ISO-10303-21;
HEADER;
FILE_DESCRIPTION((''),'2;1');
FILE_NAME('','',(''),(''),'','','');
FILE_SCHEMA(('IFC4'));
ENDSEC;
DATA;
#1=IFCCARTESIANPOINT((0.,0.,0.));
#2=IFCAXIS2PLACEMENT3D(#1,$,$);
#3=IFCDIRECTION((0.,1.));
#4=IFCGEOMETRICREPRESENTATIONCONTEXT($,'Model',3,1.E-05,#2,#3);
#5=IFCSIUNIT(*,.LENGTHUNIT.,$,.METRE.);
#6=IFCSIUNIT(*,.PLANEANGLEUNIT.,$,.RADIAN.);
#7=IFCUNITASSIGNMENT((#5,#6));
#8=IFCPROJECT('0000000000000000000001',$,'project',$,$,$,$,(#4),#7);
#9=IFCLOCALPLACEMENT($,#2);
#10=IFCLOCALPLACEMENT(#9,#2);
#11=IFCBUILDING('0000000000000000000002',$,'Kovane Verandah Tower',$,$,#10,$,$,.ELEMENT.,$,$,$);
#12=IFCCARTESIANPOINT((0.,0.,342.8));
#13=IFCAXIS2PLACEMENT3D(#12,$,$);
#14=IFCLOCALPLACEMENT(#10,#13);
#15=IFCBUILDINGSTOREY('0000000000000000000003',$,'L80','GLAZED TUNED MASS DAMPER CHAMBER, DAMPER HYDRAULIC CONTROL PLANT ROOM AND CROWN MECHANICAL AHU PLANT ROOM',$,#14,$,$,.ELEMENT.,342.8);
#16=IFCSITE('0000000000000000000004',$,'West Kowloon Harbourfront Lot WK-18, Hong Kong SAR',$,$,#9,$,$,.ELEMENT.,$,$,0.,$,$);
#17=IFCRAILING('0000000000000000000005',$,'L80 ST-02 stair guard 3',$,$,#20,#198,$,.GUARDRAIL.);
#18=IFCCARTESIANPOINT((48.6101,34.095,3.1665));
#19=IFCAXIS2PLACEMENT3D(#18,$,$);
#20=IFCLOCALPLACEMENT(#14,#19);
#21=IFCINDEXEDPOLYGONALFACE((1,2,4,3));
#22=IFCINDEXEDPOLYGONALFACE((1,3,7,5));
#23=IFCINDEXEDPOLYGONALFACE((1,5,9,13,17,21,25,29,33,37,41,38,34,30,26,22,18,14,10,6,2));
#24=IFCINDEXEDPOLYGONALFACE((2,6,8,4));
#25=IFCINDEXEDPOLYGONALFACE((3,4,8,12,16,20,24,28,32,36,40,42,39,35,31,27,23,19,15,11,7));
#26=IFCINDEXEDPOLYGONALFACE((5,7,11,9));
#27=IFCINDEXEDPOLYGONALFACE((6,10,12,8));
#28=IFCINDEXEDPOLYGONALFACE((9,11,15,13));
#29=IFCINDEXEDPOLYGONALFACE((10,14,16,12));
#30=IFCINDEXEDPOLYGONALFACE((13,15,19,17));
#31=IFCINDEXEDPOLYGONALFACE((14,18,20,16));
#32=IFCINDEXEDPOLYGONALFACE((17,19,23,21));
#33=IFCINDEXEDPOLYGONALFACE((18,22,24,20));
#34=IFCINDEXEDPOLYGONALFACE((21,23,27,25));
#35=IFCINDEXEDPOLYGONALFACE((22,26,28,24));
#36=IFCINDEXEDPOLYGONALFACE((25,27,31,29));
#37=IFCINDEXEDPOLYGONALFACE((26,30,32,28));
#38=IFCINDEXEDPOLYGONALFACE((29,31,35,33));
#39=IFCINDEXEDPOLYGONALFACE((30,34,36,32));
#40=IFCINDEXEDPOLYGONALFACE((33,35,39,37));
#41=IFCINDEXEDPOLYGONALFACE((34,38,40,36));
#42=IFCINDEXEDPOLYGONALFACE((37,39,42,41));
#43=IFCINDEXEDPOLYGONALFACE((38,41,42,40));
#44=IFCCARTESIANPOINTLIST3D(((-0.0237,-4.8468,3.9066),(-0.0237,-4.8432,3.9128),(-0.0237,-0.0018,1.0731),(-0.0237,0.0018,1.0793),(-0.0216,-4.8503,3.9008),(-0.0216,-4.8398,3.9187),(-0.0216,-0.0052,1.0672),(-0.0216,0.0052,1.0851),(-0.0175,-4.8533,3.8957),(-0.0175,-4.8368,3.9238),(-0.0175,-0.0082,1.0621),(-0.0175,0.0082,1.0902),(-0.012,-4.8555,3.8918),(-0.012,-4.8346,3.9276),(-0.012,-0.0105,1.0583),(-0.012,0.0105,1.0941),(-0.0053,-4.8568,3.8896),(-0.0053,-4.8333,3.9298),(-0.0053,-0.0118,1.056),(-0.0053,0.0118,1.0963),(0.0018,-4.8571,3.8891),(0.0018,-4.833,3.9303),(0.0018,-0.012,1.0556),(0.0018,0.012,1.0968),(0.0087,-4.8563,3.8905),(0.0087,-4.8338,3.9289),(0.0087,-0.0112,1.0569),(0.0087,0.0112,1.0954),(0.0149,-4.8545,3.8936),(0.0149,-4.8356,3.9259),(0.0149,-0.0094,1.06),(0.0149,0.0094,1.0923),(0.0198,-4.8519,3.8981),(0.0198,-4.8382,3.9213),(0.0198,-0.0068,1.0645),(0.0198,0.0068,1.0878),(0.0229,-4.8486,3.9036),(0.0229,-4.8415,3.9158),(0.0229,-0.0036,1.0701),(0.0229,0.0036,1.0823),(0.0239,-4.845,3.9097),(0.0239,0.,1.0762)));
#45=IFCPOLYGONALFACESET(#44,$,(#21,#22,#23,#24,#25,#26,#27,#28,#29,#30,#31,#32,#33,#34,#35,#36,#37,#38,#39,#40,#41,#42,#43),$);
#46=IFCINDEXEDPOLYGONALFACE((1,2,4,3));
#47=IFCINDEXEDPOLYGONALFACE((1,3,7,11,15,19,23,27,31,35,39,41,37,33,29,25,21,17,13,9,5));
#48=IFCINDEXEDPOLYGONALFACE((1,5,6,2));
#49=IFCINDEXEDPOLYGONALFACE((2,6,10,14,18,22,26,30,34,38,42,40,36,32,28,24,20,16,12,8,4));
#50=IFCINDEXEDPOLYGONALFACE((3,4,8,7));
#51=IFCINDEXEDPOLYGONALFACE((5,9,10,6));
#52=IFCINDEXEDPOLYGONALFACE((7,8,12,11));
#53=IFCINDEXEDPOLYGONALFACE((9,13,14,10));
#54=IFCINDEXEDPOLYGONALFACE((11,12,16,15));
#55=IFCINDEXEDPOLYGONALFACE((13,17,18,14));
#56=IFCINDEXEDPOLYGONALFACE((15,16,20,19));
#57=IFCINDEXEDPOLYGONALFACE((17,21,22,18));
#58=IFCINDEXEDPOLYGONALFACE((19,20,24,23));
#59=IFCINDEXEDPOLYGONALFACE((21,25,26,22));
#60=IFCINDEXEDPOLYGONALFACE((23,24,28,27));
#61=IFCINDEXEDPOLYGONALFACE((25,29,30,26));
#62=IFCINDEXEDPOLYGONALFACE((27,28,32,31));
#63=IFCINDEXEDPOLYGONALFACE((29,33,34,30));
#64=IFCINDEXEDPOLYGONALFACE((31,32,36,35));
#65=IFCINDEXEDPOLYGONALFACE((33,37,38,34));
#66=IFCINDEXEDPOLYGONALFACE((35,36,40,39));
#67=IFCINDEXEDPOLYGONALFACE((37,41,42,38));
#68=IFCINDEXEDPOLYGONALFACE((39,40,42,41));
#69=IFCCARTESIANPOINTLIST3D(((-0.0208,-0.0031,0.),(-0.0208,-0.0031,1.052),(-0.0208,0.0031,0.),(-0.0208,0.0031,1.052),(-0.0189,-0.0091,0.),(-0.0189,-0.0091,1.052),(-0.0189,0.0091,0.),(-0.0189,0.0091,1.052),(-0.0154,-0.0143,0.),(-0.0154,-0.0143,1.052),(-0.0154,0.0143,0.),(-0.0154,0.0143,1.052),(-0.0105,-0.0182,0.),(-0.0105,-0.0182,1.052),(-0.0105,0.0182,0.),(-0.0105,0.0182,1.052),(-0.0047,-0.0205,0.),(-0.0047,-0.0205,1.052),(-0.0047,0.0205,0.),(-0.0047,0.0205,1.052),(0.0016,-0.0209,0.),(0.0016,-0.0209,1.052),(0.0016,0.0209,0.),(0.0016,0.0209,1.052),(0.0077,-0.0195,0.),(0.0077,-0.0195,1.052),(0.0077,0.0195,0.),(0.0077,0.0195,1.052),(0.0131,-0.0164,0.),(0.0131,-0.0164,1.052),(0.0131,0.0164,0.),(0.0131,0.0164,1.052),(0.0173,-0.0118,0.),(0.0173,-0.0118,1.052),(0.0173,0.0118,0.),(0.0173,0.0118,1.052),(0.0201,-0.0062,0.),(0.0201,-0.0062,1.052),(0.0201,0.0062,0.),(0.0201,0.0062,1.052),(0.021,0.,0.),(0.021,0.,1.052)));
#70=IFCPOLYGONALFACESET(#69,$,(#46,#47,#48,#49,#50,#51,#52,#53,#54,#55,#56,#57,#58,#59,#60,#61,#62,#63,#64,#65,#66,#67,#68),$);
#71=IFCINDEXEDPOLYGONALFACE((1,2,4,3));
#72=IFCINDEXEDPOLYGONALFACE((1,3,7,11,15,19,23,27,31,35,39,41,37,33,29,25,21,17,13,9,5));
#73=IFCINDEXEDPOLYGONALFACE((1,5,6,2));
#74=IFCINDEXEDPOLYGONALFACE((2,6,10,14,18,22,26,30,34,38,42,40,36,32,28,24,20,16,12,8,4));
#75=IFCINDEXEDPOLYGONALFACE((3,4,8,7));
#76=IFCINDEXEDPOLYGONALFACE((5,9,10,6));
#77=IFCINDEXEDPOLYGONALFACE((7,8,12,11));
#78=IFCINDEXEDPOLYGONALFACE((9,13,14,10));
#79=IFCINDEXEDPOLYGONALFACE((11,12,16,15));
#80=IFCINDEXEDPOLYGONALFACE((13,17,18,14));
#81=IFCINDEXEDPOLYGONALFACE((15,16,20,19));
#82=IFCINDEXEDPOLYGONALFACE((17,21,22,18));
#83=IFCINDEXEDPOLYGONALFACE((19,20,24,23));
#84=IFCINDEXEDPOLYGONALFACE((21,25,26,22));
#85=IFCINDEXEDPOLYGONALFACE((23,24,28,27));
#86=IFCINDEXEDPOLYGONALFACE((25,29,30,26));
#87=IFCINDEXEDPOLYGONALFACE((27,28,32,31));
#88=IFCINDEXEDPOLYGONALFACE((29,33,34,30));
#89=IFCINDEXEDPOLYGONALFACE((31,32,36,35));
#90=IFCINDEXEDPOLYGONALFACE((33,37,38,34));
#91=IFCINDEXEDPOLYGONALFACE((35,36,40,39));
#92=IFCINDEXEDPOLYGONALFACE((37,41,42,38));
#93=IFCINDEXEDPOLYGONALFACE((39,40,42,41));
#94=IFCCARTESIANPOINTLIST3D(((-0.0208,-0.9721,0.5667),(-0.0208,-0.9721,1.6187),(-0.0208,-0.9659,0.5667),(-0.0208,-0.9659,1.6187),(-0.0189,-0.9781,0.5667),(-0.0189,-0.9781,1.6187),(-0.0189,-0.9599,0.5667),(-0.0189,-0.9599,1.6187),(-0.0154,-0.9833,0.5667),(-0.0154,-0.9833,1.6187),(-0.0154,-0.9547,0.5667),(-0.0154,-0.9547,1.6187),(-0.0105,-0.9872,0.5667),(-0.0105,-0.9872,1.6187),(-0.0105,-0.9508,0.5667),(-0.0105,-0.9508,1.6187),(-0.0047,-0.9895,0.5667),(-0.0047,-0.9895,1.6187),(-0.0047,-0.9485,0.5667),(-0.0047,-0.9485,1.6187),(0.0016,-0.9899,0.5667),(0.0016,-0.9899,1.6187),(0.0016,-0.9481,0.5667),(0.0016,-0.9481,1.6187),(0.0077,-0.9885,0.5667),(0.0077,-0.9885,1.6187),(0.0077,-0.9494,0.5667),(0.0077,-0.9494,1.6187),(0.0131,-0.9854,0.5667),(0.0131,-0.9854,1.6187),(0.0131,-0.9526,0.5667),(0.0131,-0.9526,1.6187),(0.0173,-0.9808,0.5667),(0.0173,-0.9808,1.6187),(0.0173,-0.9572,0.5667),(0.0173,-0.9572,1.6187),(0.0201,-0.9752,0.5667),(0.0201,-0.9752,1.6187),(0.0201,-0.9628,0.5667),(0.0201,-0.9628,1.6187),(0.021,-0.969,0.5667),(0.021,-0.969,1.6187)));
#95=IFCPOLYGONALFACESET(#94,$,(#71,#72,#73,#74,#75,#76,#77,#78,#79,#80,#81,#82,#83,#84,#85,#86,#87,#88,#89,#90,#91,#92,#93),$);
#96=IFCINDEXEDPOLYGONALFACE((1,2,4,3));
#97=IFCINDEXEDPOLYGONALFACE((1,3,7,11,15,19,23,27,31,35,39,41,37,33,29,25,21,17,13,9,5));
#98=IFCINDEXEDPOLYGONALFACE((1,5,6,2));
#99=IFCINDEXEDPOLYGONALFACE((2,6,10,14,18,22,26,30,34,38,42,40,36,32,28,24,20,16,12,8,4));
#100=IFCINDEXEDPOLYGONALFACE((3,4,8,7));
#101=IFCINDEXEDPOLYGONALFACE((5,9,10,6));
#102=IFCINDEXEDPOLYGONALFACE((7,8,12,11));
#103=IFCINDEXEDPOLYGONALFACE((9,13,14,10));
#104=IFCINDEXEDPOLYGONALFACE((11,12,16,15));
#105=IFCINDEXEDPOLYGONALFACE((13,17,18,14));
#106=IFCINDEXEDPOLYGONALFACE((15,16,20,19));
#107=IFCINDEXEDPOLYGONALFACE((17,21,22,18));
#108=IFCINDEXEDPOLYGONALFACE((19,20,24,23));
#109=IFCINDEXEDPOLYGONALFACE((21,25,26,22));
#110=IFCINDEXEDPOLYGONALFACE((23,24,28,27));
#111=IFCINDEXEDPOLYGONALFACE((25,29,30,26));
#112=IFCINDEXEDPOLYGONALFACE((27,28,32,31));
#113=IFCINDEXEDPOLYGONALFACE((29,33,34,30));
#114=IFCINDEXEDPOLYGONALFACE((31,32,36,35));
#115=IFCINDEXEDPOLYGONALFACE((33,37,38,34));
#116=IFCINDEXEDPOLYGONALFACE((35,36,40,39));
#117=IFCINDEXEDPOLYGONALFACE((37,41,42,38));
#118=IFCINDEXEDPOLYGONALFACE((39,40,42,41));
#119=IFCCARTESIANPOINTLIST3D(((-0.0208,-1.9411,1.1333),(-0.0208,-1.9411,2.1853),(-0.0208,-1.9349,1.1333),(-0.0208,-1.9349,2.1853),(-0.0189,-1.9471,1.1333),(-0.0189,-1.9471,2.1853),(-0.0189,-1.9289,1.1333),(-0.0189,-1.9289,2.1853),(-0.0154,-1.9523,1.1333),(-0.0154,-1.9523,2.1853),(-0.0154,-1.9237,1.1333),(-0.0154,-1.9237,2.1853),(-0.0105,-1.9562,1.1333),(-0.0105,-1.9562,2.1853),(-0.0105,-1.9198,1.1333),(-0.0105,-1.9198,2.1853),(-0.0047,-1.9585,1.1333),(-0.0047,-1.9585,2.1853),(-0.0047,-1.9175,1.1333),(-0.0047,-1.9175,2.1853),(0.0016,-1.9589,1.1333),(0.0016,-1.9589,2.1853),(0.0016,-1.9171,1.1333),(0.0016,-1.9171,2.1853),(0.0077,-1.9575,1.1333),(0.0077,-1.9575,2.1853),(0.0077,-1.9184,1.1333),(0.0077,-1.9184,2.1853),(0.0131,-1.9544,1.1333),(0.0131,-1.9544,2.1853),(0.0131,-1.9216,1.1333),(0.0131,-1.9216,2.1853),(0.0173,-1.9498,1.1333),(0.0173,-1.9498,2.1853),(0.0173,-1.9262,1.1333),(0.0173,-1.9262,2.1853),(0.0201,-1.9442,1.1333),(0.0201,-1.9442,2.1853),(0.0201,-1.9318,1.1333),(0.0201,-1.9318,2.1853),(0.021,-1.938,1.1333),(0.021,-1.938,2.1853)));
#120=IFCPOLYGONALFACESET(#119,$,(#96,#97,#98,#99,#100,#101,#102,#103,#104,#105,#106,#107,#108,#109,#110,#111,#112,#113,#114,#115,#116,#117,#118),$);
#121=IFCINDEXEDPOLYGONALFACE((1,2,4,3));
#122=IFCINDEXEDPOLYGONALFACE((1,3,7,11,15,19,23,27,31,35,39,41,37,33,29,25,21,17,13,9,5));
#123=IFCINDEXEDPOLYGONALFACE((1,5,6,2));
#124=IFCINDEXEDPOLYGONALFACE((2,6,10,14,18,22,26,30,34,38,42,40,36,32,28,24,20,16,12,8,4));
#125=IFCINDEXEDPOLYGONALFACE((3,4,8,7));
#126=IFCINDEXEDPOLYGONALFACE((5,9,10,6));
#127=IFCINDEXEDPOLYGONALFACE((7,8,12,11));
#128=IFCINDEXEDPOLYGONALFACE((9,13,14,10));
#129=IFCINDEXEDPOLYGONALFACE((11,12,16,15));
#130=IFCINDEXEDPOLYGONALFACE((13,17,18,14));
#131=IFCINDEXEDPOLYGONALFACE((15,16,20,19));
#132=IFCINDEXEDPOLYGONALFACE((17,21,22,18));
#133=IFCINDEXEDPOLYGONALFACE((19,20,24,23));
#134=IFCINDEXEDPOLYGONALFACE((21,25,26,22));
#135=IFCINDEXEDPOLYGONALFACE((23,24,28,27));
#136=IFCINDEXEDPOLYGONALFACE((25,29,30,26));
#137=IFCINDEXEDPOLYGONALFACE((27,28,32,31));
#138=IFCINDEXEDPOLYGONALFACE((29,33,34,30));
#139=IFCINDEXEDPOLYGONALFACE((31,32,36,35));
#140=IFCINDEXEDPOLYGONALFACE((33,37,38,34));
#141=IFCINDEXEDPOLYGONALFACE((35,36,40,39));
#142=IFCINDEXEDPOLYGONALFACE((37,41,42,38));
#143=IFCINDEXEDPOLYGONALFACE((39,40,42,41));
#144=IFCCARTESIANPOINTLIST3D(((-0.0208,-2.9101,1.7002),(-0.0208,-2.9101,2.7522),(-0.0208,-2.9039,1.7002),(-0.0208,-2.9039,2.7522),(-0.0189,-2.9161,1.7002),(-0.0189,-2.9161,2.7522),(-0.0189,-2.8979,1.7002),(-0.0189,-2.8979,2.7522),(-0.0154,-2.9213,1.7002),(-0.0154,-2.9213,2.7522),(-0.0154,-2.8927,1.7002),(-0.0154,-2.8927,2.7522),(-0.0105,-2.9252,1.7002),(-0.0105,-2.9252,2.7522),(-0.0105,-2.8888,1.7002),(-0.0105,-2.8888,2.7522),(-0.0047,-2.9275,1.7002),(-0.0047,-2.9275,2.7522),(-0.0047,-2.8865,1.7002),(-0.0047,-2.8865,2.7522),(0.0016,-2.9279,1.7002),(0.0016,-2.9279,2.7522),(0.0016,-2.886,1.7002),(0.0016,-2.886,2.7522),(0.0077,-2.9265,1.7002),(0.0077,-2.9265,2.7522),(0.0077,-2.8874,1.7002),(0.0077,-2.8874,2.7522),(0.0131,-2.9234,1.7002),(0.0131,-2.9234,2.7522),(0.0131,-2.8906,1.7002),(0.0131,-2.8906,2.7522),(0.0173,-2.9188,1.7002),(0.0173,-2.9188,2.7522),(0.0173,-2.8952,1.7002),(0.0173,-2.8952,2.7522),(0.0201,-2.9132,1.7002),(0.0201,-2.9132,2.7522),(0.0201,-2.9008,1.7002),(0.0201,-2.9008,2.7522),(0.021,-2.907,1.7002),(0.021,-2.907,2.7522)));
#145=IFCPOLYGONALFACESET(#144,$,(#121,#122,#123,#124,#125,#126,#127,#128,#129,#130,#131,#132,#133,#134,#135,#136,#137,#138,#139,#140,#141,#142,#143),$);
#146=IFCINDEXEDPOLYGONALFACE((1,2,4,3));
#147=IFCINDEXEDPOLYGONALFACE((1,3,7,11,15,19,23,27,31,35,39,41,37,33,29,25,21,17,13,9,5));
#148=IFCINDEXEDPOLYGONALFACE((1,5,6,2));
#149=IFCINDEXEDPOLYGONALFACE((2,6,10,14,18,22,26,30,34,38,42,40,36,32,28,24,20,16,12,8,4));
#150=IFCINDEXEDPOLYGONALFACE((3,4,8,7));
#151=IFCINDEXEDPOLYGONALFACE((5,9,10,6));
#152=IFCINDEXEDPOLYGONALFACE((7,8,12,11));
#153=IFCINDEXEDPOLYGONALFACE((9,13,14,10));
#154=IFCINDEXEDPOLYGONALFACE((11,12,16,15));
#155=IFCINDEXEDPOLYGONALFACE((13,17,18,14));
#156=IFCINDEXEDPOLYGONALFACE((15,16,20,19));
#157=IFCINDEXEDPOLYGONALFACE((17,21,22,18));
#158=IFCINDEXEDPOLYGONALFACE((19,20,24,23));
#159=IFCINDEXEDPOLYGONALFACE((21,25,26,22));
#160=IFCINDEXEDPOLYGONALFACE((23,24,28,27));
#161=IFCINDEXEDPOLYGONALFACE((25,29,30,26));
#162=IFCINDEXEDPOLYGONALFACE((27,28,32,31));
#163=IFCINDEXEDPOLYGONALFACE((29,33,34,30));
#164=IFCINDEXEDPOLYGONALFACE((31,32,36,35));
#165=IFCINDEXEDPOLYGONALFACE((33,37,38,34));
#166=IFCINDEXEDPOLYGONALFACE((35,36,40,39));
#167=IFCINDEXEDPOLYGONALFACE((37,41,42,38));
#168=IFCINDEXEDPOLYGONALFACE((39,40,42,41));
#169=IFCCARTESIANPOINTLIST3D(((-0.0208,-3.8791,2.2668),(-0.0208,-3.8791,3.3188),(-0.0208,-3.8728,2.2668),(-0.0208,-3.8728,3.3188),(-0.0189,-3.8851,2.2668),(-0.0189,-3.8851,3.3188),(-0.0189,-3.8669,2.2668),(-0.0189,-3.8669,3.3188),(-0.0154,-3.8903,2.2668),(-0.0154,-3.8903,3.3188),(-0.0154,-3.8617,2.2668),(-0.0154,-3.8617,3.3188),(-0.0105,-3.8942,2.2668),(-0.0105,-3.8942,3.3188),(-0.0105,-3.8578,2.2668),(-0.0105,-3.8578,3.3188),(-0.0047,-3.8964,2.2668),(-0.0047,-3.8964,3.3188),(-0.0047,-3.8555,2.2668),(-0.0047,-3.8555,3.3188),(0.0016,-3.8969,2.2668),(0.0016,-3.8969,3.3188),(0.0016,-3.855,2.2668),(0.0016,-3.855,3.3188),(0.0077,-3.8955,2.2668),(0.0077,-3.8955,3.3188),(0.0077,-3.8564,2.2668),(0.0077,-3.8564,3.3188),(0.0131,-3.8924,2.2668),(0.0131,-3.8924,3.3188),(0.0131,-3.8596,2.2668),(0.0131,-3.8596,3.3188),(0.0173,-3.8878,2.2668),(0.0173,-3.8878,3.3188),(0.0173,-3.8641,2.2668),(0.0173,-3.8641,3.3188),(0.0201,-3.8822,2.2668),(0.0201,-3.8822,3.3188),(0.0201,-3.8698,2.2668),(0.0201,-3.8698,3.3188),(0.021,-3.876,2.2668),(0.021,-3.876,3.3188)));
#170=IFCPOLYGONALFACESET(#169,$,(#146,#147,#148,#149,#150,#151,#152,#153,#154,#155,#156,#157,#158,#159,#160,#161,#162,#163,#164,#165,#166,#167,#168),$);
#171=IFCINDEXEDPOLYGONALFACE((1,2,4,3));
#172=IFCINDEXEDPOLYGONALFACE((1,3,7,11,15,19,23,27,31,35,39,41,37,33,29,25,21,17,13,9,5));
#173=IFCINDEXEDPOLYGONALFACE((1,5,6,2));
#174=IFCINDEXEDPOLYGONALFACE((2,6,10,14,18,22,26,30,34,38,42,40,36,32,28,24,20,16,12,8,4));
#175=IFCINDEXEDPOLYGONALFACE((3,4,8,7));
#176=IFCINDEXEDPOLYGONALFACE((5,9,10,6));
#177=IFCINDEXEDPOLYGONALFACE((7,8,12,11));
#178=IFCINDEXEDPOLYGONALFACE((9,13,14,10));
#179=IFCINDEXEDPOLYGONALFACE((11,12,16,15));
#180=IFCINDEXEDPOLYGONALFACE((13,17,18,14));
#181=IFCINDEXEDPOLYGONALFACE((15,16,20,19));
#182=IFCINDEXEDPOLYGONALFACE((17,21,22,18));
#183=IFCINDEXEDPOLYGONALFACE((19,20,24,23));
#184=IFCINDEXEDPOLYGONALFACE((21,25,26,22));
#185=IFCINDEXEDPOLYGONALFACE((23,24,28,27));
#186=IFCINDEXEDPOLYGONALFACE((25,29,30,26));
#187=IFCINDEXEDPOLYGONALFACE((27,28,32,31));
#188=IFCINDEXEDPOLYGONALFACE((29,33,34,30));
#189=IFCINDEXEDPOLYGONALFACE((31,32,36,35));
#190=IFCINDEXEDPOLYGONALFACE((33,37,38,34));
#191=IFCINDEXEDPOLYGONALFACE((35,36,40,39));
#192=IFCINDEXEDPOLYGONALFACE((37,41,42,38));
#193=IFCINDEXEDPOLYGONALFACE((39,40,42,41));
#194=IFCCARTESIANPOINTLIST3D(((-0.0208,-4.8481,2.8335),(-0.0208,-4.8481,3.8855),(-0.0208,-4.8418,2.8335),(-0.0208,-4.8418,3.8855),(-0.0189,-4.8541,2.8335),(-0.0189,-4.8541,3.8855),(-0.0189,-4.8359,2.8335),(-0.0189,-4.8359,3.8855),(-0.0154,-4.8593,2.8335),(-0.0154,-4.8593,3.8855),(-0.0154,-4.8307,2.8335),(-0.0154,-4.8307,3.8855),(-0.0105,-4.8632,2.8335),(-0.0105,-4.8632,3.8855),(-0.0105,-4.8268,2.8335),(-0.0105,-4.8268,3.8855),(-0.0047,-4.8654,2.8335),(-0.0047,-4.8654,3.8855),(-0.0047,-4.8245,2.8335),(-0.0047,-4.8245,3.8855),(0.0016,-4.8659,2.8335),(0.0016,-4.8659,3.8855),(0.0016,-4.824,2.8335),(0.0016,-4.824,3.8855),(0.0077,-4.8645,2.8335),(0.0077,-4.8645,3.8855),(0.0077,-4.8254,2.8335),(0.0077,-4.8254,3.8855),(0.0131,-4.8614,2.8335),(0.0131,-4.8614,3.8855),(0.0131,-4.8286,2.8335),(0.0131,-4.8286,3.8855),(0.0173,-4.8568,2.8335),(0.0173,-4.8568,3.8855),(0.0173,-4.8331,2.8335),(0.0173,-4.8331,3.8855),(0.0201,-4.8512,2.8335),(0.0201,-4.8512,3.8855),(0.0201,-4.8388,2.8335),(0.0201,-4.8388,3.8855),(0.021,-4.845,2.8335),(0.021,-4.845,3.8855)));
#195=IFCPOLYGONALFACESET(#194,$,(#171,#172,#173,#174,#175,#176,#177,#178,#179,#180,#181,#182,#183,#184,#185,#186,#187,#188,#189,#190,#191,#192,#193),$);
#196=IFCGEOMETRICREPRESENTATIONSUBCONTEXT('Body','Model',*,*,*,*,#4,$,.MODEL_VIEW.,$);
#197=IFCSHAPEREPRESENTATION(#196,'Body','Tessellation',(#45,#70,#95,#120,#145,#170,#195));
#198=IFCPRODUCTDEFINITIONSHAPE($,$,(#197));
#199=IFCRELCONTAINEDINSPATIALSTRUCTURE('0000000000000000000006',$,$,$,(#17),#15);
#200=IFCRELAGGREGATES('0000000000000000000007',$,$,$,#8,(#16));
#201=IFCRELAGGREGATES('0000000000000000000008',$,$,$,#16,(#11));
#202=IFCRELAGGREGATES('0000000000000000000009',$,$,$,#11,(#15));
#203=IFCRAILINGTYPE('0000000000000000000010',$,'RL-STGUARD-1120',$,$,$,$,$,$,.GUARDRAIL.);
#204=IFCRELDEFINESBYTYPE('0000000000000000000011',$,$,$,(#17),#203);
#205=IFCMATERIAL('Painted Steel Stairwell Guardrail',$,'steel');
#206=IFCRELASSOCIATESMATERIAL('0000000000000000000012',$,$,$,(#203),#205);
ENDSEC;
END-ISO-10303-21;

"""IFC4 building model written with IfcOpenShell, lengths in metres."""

from ifc_helpers import new_model, si_unit, direction, frame, origin, origin_2d, place, context, subcontext, project, spatial, circle, extrude, material, type_object, element, save


model = new_model("IFC4")

# Units and contexts
model_context = context("Model", 3, precision=1e-05, world=origin(), true_north=direction((0.0, 1.0)))
body_context = subcontext(model_context, "Body", "Model", "MODEL_VIEW")
ifc_project = project(units=[si_unit("LENGTHUNIT", "METRE"), si_unit("PLANEANGLEUNIT", "RADIAN")], contexts=[model_context])

# Site, building, storey
site_placement = place(None, origin())
site = spatial("IfcSite", under=ifc_project, at=site_placement, Name="West Kowloon Harbourfront Lot WK-18, Hong Kong SAR", CompositionType="ELEMENT", RefElevation=0.0)
building_placement = place(site_placement, origin())
building = spatial("IfcBuilding", under=site, at=building_placement, Name="Kovane Verandah Tower", CompositionType="ELEMENT")
storey_placement = place(building_placement, frame((0.0, 0.0, 342.8)))
storey = spatial("IfcBuildingStorey", under=building, at=storey_placement, Name="L80", Description="GLAZED TUNED MASS DAMPER CHAMBER, DAMPER HYDRAULIC CONTROL PLANT ROOM AND CROWN MECHANICAL AHU PLANT ROOM", CompositionType="ELEMENT", Elevation=342.8)

# Railing
ifc_material_1 = material(Name="Painted Steel Stairwell Guardrail", Category="steel")
railing_type = type_object("IfcRailingType", Name="RL-STGUARD-1120", PredefinedType="GUARDRAIL", material=ifc_material_1)
railing_1_placement = place(storey_placement, frame((48.6101, 34.095, 3.1665)))
element("IfcRailing", 1, at=railing_1_placement, inside=storey, type_object=railing_type, Name="L80 ST-02 stair guard 3", PredefinedType="GUARDRAIL", context=body_context, shape_type="SweptSolid", body=[
    extrude(circle(Radius=0.0239, at=origin_2d()), frame((0.0, 0.0, 1.0762), z_axis=(0.0, -0.863215, 0.504836), x_axis=(1.0, 0.0, 0.0)), (0.0, 0.0, 1.0), 5.6128),
    extrude(circle(Radius=0.021, at=origin_2d()), origin(), (0.0, 0.0, 1.0), 1.052),
    extrude(circle(Radius=0.021, at=origin_2d()), frame((0.0, -0.969, 0.5667)), (0.0, 0.0, 1.0), 1.052),
    extrude(circle(Radius=0.021, at=origin_2d()), frame((0.0, -1.938, 1.1333)), (0.0, 0.0, 1.0), 1.052),
    extrude(circle(Radius=0.021, at=origin_2d()), frame((0.0, -2.907, 1.7002)), (0.0, 0.0, 1.0), 1.052),
    extrude(circle(Radius=0.021, at=origin_2d()), frame((0.0, -3.876, 2.2668)), (0.0, 0.0, 1.0), 1.052),
    extrude(circle(Radius=0.021, at=origin_2d()), frame((0.0, -4.845, 2.8335)), (0.0, 0.0, 1.0), 1.052),
])

save(model, "model.ifc")
